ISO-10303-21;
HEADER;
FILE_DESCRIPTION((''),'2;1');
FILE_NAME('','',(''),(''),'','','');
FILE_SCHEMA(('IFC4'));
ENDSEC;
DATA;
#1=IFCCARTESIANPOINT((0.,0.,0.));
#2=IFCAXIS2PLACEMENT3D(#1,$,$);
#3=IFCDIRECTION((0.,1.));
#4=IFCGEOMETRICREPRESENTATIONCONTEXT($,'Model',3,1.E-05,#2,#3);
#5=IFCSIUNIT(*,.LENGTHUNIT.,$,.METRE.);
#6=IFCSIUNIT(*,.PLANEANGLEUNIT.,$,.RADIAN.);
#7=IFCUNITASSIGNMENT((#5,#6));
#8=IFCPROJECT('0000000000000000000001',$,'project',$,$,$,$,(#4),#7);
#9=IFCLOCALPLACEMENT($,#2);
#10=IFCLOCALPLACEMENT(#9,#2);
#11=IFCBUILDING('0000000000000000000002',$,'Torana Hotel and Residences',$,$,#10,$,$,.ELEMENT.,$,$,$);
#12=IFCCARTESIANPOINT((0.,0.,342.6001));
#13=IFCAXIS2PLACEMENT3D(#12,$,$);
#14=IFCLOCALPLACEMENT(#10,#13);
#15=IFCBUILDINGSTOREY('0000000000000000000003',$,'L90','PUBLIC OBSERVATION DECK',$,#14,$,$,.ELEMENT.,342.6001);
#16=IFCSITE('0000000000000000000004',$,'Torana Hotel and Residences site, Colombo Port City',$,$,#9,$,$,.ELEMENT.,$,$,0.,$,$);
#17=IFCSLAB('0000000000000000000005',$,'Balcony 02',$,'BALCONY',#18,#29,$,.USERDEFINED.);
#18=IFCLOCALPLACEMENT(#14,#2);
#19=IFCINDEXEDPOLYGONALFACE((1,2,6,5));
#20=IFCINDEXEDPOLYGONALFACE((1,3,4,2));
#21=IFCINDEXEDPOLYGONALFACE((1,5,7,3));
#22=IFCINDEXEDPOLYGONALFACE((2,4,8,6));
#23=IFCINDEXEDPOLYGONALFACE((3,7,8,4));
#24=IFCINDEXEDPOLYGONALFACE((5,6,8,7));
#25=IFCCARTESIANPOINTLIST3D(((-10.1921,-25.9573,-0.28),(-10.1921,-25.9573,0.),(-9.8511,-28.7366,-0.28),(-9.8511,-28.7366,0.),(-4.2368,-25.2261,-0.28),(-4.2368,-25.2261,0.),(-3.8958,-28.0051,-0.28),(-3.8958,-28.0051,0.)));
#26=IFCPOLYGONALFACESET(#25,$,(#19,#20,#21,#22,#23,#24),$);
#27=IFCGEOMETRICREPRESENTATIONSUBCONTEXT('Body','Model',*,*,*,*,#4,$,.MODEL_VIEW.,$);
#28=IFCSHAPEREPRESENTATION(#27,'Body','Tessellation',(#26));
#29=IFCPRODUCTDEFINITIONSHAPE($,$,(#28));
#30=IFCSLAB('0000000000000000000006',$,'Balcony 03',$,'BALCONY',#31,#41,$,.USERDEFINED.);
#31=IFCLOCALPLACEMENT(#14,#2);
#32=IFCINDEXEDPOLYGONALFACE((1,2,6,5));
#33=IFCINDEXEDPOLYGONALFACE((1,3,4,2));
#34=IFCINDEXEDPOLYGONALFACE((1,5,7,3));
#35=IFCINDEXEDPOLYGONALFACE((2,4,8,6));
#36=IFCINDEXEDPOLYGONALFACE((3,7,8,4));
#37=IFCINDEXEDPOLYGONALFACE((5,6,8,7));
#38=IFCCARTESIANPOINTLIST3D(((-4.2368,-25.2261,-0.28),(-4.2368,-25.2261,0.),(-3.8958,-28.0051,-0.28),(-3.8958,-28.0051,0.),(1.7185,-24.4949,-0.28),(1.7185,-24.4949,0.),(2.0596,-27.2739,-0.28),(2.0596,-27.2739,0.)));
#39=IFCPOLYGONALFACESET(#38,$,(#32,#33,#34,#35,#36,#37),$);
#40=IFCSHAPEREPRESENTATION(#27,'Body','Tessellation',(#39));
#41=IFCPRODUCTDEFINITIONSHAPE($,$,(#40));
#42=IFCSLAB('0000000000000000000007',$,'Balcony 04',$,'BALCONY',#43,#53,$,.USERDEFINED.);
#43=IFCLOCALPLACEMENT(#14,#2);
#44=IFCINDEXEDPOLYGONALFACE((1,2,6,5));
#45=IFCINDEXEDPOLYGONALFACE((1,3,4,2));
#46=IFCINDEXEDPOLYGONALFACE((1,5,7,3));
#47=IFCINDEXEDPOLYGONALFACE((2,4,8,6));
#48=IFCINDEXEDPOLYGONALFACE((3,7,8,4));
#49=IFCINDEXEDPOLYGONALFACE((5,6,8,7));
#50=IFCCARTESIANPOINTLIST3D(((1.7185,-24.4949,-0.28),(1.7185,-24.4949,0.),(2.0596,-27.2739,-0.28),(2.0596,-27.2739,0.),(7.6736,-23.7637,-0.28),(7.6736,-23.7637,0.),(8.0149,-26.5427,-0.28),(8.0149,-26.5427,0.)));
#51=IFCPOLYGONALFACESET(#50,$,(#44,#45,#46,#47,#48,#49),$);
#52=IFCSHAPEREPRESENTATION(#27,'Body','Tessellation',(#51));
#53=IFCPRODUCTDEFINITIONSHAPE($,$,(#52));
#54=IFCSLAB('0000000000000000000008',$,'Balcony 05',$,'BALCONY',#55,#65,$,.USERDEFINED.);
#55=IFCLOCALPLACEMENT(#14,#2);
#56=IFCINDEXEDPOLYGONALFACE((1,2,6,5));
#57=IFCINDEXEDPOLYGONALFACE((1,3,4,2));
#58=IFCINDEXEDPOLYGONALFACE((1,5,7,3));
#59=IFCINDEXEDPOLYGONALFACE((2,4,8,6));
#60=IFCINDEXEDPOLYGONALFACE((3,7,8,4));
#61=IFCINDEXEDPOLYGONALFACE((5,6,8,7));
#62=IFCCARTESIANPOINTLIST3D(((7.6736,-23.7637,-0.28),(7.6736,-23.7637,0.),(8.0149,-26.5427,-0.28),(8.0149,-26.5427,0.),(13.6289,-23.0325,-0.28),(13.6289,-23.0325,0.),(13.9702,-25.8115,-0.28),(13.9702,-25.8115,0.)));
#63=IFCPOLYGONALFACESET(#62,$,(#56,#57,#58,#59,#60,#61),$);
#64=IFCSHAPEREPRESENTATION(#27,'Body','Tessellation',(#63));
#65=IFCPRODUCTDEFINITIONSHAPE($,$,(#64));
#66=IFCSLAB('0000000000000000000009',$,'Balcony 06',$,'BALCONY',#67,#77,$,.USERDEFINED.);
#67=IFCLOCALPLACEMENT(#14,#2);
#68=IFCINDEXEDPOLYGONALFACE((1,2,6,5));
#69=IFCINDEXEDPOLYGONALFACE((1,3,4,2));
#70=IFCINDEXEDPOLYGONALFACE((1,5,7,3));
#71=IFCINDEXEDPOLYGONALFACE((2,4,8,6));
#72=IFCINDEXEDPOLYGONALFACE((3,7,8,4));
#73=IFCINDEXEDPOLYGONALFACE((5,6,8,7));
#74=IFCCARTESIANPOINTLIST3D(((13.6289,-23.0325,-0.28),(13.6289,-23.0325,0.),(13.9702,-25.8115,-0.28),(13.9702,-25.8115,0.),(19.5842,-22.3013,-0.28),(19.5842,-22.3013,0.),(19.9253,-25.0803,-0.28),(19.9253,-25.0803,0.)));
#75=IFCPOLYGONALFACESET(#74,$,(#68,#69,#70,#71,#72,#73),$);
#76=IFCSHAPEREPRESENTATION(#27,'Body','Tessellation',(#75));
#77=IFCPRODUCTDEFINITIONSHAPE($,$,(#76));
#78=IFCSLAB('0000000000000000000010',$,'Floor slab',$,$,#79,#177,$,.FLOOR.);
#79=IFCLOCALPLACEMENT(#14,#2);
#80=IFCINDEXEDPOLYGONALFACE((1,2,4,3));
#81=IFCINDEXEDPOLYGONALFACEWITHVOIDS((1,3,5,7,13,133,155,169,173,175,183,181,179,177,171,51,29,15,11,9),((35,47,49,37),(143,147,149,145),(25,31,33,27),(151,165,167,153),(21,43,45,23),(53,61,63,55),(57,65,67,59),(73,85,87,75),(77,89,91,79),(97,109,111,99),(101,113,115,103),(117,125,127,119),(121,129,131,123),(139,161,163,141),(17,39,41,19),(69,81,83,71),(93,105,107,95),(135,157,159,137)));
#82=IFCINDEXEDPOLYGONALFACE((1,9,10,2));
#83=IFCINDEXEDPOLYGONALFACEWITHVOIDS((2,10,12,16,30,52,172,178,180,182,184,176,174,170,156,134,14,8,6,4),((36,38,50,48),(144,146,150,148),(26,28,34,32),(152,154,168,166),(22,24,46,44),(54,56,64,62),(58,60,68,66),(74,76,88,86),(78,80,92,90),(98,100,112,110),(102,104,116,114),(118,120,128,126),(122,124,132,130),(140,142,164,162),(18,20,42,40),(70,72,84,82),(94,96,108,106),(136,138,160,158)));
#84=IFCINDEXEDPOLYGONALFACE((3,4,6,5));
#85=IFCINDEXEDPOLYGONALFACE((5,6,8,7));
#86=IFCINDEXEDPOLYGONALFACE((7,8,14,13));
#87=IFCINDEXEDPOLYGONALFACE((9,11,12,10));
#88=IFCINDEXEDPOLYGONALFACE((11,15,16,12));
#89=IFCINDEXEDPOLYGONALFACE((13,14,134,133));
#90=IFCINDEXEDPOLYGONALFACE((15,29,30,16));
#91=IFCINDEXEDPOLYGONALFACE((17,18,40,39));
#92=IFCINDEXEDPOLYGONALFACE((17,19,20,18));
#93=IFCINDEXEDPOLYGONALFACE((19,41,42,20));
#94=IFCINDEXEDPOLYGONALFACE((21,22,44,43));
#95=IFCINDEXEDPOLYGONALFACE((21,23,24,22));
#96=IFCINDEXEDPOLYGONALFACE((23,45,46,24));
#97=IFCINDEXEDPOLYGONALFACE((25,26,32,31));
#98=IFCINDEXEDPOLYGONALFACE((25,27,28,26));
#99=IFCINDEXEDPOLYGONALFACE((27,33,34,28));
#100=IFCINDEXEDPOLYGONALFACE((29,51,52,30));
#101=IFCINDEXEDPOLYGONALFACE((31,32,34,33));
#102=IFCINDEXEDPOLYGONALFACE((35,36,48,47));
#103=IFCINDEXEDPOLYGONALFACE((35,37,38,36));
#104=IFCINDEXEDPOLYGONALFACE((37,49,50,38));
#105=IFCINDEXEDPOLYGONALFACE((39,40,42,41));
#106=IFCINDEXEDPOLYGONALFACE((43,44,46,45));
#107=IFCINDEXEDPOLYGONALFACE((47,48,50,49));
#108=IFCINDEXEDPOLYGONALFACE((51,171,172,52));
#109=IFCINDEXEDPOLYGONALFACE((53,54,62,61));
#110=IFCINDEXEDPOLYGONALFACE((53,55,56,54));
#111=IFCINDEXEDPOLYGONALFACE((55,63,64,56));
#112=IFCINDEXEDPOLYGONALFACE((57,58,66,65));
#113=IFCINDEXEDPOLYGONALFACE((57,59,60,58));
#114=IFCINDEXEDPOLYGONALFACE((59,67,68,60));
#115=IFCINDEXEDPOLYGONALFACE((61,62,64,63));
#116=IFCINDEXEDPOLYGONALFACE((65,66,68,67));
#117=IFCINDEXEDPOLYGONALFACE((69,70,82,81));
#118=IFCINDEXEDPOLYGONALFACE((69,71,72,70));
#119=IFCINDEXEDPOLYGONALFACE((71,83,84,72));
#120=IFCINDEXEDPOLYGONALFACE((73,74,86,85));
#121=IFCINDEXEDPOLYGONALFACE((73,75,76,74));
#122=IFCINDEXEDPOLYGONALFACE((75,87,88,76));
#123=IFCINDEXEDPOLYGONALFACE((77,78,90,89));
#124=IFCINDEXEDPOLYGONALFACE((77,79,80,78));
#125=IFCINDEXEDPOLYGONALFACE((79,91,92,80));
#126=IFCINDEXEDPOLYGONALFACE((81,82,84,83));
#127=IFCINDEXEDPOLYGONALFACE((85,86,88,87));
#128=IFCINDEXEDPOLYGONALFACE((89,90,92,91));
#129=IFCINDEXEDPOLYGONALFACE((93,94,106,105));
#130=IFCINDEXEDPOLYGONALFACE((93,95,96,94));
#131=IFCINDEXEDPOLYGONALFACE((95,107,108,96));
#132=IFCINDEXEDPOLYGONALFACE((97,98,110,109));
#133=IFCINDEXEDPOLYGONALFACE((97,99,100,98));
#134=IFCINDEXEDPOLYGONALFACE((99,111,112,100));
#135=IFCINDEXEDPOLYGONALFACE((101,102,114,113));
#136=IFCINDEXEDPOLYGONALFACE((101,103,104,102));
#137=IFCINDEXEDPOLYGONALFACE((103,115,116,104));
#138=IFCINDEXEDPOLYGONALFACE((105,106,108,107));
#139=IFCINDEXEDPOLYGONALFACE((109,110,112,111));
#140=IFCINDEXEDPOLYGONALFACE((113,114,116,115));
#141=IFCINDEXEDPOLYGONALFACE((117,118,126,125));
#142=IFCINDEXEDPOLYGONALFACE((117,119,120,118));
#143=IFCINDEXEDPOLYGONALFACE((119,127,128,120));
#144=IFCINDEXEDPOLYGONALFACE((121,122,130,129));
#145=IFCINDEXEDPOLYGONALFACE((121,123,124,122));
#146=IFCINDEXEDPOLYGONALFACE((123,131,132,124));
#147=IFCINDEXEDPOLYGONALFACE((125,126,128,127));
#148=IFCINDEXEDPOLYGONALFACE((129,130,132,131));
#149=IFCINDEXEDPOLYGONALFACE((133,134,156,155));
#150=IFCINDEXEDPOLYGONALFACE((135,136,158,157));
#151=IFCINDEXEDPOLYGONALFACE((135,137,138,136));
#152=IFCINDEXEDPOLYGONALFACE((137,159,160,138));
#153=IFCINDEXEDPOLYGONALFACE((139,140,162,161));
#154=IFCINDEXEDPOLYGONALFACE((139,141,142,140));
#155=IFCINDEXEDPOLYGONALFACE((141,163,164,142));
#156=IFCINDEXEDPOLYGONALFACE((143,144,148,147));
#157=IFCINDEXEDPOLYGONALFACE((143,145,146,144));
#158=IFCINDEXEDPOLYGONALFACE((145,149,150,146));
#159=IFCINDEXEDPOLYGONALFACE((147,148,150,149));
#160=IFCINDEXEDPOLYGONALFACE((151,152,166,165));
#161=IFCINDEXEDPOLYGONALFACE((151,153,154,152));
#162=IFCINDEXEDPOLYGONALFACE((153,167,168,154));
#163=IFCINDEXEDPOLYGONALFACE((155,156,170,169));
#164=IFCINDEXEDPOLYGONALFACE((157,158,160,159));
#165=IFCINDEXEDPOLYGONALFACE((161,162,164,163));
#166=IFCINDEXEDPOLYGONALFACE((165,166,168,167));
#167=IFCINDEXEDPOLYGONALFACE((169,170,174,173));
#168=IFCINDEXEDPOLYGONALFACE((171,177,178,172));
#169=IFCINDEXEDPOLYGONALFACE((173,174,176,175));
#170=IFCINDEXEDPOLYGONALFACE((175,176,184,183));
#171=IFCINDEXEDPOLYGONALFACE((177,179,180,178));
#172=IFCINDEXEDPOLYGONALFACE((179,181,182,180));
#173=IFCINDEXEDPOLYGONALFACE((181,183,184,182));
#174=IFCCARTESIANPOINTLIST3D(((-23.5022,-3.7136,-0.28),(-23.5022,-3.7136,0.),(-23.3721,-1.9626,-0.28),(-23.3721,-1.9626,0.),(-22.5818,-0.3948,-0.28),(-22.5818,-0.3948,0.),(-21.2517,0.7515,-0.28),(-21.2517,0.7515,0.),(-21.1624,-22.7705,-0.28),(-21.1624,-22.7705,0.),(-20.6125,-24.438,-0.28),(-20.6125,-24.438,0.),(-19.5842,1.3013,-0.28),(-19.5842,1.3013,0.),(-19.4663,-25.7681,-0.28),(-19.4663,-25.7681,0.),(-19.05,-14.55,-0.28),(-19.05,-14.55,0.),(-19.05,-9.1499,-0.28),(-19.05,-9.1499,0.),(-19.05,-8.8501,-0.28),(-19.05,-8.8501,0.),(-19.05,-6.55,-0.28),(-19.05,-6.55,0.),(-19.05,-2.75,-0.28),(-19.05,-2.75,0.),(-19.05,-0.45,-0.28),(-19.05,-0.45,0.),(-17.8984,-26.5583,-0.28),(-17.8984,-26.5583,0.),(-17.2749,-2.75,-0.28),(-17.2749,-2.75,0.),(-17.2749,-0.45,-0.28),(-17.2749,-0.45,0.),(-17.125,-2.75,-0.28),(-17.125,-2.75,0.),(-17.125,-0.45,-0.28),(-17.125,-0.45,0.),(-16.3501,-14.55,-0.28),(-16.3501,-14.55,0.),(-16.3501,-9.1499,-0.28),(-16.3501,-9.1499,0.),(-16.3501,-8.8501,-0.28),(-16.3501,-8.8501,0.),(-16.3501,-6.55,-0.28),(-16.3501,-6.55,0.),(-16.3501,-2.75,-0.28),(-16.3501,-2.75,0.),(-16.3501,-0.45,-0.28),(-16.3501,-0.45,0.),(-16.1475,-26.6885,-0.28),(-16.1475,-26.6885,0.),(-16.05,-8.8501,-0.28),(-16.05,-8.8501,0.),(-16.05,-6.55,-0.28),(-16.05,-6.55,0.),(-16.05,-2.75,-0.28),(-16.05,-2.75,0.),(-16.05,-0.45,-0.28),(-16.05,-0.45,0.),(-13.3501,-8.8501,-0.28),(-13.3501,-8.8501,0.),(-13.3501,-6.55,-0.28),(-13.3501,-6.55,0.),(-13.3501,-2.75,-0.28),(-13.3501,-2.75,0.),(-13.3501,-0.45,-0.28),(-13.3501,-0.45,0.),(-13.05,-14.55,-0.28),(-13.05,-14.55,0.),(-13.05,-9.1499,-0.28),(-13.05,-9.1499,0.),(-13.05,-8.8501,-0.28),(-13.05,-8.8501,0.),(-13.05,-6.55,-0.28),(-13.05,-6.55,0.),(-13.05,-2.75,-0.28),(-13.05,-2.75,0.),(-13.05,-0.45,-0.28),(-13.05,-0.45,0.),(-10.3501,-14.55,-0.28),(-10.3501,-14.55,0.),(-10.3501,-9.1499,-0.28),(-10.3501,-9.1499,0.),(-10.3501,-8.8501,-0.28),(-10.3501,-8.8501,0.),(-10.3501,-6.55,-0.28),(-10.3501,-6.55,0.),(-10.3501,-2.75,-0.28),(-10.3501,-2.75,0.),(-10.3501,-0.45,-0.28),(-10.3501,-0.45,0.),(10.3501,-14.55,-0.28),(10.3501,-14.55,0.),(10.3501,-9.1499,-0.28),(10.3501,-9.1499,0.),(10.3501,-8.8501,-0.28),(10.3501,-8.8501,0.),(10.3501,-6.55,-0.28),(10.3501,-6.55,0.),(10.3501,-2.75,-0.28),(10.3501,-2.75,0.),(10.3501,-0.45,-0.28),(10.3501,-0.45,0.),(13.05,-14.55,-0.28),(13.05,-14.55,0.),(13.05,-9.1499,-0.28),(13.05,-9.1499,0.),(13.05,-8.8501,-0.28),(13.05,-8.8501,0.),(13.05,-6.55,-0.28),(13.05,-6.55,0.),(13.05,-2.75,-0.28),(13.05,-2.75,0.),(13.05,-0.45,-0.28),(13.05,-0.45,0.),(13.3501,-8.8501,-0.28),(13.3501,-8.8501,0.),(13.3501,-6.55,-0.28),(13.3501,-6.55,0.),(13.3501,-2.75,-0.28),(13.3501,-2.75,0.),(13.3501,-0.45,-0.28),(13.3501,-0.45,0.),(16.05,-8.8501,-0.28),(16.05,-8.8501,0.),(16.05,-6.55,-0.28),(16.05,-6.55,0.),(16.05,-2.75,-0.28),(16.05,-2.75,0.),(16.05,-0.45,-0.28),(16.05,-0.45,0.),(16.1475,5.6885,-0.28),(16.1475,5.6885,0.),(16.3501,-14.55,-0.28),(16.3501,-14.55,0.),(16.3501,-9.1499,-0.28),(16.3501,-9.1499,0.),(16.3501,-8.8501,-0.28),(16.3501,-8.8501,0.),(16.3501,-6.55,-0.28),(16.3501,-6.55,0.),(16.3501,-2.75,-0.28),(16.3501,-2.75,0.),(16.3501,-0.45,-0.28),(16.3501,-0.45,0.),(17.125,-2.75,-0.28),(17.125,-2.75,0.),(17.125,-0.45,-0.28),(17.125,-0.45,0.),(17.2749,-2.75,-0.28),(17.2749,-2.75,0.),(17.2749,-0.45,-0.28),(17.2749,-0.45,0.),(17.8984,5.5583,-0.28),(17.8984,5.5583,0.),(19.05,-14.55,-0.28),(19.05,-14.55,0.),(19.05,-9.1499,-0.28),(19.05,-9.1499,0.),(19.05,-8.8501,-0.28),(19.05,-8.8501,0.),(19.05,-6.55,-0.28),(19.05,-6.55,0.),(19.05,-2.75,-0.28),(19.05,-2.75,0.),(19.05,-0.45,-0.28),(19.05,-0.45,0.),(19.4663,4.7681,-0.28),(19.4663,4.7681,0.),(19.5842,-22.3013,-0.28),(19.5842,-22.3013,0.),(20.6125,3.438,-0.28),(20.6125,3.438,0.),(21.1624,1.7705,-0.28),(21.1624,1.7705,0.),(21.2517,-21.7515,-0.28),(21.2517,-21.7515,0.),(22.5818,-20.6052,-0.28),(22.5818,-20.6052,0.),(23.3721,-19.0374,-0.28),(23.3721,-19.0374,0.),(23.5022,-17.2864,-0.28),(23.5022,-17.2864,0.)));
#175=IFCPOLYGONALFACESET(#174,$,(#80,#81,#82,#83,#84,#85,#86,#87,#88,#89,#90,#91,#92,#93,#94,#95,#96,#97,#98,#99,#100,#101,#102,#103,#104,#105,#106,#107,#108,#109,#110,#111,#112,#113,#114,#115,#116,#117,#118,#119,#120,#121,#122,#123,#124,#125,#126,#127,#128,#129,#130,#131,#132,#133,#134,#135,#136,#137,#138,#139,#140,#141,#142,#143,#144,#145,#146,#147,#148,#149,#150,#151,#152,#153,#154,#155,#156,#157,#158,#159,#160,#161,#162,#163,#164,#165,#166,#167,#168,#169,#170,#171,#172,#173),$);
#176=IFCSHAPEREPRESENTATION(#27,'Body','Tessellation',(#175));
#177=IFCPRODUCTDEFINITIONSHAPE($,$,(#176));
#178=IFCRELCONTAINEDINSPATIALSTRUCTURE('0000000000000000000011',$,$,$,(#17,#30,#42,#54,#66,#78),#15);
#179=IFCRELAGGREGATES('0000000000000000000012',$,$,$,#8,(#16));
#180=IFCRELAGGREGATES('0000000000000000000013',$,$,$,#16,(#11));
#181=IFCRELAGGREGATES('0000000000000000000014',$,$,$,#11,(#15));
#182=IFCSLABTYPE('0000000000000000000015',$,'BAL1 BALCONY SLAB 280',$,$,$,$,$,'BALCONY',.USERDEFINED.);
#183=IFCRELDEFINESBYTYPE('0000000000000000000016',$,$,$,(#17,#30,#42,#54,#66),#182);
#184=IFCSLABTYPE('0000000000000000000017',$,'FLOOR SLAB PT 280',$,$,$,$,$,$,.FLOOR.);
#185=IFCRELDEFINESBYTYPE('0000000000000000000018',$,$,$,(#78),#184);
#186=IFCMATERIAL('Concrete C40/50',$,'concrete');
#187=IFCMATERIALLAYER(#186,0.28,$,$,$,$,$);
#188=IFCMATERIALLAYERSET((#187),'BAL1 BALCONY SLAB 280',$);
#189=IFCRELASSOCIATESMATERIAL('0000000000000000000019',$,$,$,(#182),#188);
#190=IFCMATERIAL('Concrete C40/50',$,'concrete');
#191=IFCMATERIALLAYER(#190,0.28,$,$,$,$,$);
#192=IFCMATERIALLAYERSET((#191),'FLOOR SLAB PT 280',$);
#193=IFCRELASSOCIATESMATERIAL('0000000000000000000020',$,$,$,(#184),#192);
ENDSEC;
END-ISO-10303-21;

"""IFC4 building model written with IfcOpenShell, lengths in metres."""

from ifc_helpers import new_model, si_unit, direction, frame, origin, place, context, subcontext, project, spatial, polyline, outline, extrude, material, layer, layer_set, type_object, element, save


model = new_model("IFC4")

# Units and contexts
model_context = context("Model", 3, precision=1e-05, world=origin(), true_north=direction((0.0, 1.0)))
body_context = subcontext(model_context, "Body", "Model", "MODEL_VIEW")
ifc_project = project(units=[si_unit("LENGTHUNIT", "METRE"), si_unit("PLANEANGLEUNIT", "RADIAN")], contexts=[model_context])

# Site, building, storey
site_placement = place(None, origin())
site = spatial("IfcSite", under=ifc_project, at=site_placement, Name="Torana Hotel and Residences site, Colombo Port City", CompositionType="ELEMENT", RefElevation=0.0)
building_placement = place(site_placement, origin())
building = spatial("IfcBuilding", under=site, at=building_placement, Name="Torana Hotel and Residences", CompositionType="ELEMENT")
storey_placement = place(building_placement, frame((0.0, 0.0, 342.6001)))
storey = spatial("IfcBuildingStorey", under=building, at=storey_placement, Name="L90", Description="PUBLIC OBSERVATION DECK", CompositionType="ELEMENT", Elevation=342.6001)

# Slabs
ifc_material_1 = material(Name="Concrete C40/50", Category="concrete")
ifc_layer_1 = layer(ifc_material_1, 0.28)
ifc_layer_set_1 = layer_set([ifc_layer_1], Name="BAL1 BALCONY SLAB 280")
slab_type_1 = type_object("IfcSlabType", Name="BAL1 BALCONY SLAB 280", ElementType="BALCONY", PredefinedType="USERDEFINED", material=ifc_layer_set_1)
slab_1_placement = place(storey_placement, frame((0.0, 0.0, -0.28)))
element("IfcSlab", 1, at=slab_1_placement, inside=storey, type_object=slab_type_1, Name="Balcony 02", ObjectType="BALCONY", PredefinedType="USERDEFINED", context=body_context, shape_type="SweptSolid", body=[
    extrude(outline(polyline([(-9.8511, -28.7366), (-3.8958, -28.0051), (-4.2368, -25.2261), (-10.1921, -25.9573), (-9.8511, -28.7366)])), origin(), (0.0, 0.0, 1.0), 0.28),
])
slab_2_placement = place(storey_placement, frame((0.0, 0.0, -0.28)))
element("IfcSlab", 2, at=slab_2_placement, inside=storey, type_object=slab_type_1, Name="Balcony 03", ObjectType="BALCONY", PredefinedType="USERDEFINED", context=body_context, shape_type="SweptSolid", body=[
    extrude(outline(polyline([(-3.8958, -28.0051), (2.0596, -27.2739), (1.7185, -24.4949), (-4.2368, -25.2261), (-3.8958, -28.0051)])), origin(), (0.0, 0.0, 1.0), 0.28),
])
slab_3_placement = place(storey_placement, frame((0.0, 0.0, -0.28)))
element("IfcSlab", 3, at=slab_3_placement, inside=storey, type_object=slab_type_1, Name="Balcony 04", ObjectType="BALCONY", PredefinedType="USERDEFINED", context=body_context, shape_type="SweptSolid", body=[
    extrude(outline(polyline([(2.0596, -27.2739), (8.0149, -26.5427), (7.6736, -23.7637), (1.7185, -24.4949), (2.0596, -27.2739)])), origin(), (0.0, 0.0, 1.0), 0.28),
])
slab_4_placement = place(storey_placement, frame((0.0, 0.0, -0.28)))
element("IfcSlab", 4, at=slab_4_placement, inside=storey, type_object=slab_type_1, Name="Balcony 05", ObjectType="BALCONY", PredefinedType="USERDEFINED", context=body_context, shape_type="SweptSolid", body=[
    extrude(outline(polyline([(8.0149, -26.5427), (13.9702, -25.8115), (13.6289, -23.0325), (7.6736, -23.7637), (8.0149, -26.5427)])), origin(), (0.0, 0.0, 1.0), 0.28),
])
slab_5_placement = place(storey_placement, frame((0.0, 0.0, -0.28)))
element("IfcSlab", 5, at=slab_5_placement, inside=storey, type_object=slab_type_1, Name="Balcony 06", ObjectType="BALCONY", PredefinedType="USERDEFINED", context=body_context, shape_type="SweptSolid", body=[
    extrude(outline(polyline([(13.9702, -25.8115), (19.9253, -25.0803), (19.5842, -22.3013), (13.6289, -23.0325), (13.9702, -25.8115)])), origin(), (0.0, 0.0, 1.0), 0.28),
])
ifc_material_2 = material(Name="Concrete C40/50", Category="concrete")
ifc_layer_2 = layer(ifc_material_2, 0.28)
ifc_layer_set_2 = layer_set([ifc_layer_2], Name="FLOOR SLAB PT 280")
slab_type_2 = type_object("IfcSlabType", Name="FLOOR SLAB PT 280", PredefinedType="FLOOR", material=ifc_layer_set_2)
slab_6_placement = place(storey_placement, frame((0.0, 0.0, -0.28)))
element("IfcSlab", 6, at=slab_6_placement, inside=storey, type_object=slab_type_2, Name="Floor slab", PredefinedType="FLOOR", context=body_context, shape_type="SweptSolid", body=[
    extrude(outline(polyline([(21.1624, 1.7705), (20.6125, 3.438), (19.4663, 4.7681), (17.8984, 5.5583), (16.1475, 5.6885), (-19.5842, 1.3013), (-21.2517, 0.7515), (-22.5818, -0.3948), (-23.3721, -1.9626), (-23.5022, -3.7136), (-21.1624, -22.7705), (-20.6125, -24.438), (-19.4663, -25.7681), (-17.8984, -26.5583), (-16.1475, -26.6885), (19.5842, -22.3013), (21.2517, -21.7515), (22.5818, -20.6052), (23.3721, -19.0374), (23.5022, -17.2864), (21.1624, 1.7705)]), holes=[polyline([(-13.05, -14.55), (-10.3501, -14.55), (-10.3501, -9.1499), (-13.05, -9.1499), (-13.05, -14.55)]), polyline([(-19.05, -14.55), (-16.3501, -14.55), (-16.3501, -9.1499), (-19.05, -9.1499), (-19.05, -14.55)]), polyline([(-17.125, -2.75), (-16.3501, -2.75), (-16.3501, -0.45), (-17.125, -0.45), (-17.125, -2.75)]), polyline([(-19.05, -2.75), (-17.2749, -2.75), (-17.2749, -0.45), (-19.05, -0.45), (-19.05, -2.75)]), polyline([(-13.05, -2.75), (-10.3501, -2.75), (-10.3501, -0.45), (-13.05, -0.45), (-13.05, -2.75)]), polyline([(-16.05, -2.75), (-13.3501, -2.75), (-13.3501, -0.45), (-16.05, -0.45), (-16.05, -2.75)]), polyline([(-13.05, -8.8501), (-10.3501, -8.8501), (-10.3501, -6.55), (-13.05, -6.55), (-13.05, -8.8501)]), polyline([(-16.05, -8.8501), (-13.3501, -8.8501), (-13.3501, -6.55), (-16.05, -6.55), (-16.05, -8.8501)]), polyline([(-19.05, -8.8501), (-16.3501, -8.8501), (-16.3501, -6.55), (-19.05, -6.55), (-19.05, -8.8501)]), polyline([(10.3501, -14.55), (13.05, -14.55), (13.05, -9.1499), (10.3501, -9.1499), (10.3501, -14.55)]), polyline([(16.3501, -14.55), (19.05, -14.55), (19.05, -9.1499), (16.3501, -9.1499), (16.3501, -14.55)]), polyline([(16.3501, -2.75), (17.125, -2.75), (17.125, -0.45), (16.3501, -0.45), (16.3501, -2.75)]), polyline([(17.2749, -2.75), (19.05, -2.75), (19.05, -0.45), (17.2749, -0.45), (17.2749, -2.75)]), polyline([(10.3501, -2.75), (13.05, -2.75), (13.05, -0.45), (10.3501, -0.45), (10.3501, -2.75)]), polyline([(13.3501, -2.75), (16.05, -2.75), (16.05, -0.45), (13.3501, -0.45), (13.3501, -2.75)]), polyline([(10.3501, -8.8501), (13.05, -8.8501), (13.05, -6.55), (10.3501, -6.55), (10.3501, -8.8501)]), polyline([(13.3501, -8.8501), (16.05, -8.8501), (16.05, -6.55), (13.3501, -6.55), (13.3501, -8.8501)]), polyline([(16.3501, -8.8501), (19.05, -8.8501), (19.05, -6.55), (16.3501, -6.55), (16.3501, -8.8501)])]), origin(), (0.0, 0.0, 1.0), 0.28),
])

save(model, "model.ifc")
